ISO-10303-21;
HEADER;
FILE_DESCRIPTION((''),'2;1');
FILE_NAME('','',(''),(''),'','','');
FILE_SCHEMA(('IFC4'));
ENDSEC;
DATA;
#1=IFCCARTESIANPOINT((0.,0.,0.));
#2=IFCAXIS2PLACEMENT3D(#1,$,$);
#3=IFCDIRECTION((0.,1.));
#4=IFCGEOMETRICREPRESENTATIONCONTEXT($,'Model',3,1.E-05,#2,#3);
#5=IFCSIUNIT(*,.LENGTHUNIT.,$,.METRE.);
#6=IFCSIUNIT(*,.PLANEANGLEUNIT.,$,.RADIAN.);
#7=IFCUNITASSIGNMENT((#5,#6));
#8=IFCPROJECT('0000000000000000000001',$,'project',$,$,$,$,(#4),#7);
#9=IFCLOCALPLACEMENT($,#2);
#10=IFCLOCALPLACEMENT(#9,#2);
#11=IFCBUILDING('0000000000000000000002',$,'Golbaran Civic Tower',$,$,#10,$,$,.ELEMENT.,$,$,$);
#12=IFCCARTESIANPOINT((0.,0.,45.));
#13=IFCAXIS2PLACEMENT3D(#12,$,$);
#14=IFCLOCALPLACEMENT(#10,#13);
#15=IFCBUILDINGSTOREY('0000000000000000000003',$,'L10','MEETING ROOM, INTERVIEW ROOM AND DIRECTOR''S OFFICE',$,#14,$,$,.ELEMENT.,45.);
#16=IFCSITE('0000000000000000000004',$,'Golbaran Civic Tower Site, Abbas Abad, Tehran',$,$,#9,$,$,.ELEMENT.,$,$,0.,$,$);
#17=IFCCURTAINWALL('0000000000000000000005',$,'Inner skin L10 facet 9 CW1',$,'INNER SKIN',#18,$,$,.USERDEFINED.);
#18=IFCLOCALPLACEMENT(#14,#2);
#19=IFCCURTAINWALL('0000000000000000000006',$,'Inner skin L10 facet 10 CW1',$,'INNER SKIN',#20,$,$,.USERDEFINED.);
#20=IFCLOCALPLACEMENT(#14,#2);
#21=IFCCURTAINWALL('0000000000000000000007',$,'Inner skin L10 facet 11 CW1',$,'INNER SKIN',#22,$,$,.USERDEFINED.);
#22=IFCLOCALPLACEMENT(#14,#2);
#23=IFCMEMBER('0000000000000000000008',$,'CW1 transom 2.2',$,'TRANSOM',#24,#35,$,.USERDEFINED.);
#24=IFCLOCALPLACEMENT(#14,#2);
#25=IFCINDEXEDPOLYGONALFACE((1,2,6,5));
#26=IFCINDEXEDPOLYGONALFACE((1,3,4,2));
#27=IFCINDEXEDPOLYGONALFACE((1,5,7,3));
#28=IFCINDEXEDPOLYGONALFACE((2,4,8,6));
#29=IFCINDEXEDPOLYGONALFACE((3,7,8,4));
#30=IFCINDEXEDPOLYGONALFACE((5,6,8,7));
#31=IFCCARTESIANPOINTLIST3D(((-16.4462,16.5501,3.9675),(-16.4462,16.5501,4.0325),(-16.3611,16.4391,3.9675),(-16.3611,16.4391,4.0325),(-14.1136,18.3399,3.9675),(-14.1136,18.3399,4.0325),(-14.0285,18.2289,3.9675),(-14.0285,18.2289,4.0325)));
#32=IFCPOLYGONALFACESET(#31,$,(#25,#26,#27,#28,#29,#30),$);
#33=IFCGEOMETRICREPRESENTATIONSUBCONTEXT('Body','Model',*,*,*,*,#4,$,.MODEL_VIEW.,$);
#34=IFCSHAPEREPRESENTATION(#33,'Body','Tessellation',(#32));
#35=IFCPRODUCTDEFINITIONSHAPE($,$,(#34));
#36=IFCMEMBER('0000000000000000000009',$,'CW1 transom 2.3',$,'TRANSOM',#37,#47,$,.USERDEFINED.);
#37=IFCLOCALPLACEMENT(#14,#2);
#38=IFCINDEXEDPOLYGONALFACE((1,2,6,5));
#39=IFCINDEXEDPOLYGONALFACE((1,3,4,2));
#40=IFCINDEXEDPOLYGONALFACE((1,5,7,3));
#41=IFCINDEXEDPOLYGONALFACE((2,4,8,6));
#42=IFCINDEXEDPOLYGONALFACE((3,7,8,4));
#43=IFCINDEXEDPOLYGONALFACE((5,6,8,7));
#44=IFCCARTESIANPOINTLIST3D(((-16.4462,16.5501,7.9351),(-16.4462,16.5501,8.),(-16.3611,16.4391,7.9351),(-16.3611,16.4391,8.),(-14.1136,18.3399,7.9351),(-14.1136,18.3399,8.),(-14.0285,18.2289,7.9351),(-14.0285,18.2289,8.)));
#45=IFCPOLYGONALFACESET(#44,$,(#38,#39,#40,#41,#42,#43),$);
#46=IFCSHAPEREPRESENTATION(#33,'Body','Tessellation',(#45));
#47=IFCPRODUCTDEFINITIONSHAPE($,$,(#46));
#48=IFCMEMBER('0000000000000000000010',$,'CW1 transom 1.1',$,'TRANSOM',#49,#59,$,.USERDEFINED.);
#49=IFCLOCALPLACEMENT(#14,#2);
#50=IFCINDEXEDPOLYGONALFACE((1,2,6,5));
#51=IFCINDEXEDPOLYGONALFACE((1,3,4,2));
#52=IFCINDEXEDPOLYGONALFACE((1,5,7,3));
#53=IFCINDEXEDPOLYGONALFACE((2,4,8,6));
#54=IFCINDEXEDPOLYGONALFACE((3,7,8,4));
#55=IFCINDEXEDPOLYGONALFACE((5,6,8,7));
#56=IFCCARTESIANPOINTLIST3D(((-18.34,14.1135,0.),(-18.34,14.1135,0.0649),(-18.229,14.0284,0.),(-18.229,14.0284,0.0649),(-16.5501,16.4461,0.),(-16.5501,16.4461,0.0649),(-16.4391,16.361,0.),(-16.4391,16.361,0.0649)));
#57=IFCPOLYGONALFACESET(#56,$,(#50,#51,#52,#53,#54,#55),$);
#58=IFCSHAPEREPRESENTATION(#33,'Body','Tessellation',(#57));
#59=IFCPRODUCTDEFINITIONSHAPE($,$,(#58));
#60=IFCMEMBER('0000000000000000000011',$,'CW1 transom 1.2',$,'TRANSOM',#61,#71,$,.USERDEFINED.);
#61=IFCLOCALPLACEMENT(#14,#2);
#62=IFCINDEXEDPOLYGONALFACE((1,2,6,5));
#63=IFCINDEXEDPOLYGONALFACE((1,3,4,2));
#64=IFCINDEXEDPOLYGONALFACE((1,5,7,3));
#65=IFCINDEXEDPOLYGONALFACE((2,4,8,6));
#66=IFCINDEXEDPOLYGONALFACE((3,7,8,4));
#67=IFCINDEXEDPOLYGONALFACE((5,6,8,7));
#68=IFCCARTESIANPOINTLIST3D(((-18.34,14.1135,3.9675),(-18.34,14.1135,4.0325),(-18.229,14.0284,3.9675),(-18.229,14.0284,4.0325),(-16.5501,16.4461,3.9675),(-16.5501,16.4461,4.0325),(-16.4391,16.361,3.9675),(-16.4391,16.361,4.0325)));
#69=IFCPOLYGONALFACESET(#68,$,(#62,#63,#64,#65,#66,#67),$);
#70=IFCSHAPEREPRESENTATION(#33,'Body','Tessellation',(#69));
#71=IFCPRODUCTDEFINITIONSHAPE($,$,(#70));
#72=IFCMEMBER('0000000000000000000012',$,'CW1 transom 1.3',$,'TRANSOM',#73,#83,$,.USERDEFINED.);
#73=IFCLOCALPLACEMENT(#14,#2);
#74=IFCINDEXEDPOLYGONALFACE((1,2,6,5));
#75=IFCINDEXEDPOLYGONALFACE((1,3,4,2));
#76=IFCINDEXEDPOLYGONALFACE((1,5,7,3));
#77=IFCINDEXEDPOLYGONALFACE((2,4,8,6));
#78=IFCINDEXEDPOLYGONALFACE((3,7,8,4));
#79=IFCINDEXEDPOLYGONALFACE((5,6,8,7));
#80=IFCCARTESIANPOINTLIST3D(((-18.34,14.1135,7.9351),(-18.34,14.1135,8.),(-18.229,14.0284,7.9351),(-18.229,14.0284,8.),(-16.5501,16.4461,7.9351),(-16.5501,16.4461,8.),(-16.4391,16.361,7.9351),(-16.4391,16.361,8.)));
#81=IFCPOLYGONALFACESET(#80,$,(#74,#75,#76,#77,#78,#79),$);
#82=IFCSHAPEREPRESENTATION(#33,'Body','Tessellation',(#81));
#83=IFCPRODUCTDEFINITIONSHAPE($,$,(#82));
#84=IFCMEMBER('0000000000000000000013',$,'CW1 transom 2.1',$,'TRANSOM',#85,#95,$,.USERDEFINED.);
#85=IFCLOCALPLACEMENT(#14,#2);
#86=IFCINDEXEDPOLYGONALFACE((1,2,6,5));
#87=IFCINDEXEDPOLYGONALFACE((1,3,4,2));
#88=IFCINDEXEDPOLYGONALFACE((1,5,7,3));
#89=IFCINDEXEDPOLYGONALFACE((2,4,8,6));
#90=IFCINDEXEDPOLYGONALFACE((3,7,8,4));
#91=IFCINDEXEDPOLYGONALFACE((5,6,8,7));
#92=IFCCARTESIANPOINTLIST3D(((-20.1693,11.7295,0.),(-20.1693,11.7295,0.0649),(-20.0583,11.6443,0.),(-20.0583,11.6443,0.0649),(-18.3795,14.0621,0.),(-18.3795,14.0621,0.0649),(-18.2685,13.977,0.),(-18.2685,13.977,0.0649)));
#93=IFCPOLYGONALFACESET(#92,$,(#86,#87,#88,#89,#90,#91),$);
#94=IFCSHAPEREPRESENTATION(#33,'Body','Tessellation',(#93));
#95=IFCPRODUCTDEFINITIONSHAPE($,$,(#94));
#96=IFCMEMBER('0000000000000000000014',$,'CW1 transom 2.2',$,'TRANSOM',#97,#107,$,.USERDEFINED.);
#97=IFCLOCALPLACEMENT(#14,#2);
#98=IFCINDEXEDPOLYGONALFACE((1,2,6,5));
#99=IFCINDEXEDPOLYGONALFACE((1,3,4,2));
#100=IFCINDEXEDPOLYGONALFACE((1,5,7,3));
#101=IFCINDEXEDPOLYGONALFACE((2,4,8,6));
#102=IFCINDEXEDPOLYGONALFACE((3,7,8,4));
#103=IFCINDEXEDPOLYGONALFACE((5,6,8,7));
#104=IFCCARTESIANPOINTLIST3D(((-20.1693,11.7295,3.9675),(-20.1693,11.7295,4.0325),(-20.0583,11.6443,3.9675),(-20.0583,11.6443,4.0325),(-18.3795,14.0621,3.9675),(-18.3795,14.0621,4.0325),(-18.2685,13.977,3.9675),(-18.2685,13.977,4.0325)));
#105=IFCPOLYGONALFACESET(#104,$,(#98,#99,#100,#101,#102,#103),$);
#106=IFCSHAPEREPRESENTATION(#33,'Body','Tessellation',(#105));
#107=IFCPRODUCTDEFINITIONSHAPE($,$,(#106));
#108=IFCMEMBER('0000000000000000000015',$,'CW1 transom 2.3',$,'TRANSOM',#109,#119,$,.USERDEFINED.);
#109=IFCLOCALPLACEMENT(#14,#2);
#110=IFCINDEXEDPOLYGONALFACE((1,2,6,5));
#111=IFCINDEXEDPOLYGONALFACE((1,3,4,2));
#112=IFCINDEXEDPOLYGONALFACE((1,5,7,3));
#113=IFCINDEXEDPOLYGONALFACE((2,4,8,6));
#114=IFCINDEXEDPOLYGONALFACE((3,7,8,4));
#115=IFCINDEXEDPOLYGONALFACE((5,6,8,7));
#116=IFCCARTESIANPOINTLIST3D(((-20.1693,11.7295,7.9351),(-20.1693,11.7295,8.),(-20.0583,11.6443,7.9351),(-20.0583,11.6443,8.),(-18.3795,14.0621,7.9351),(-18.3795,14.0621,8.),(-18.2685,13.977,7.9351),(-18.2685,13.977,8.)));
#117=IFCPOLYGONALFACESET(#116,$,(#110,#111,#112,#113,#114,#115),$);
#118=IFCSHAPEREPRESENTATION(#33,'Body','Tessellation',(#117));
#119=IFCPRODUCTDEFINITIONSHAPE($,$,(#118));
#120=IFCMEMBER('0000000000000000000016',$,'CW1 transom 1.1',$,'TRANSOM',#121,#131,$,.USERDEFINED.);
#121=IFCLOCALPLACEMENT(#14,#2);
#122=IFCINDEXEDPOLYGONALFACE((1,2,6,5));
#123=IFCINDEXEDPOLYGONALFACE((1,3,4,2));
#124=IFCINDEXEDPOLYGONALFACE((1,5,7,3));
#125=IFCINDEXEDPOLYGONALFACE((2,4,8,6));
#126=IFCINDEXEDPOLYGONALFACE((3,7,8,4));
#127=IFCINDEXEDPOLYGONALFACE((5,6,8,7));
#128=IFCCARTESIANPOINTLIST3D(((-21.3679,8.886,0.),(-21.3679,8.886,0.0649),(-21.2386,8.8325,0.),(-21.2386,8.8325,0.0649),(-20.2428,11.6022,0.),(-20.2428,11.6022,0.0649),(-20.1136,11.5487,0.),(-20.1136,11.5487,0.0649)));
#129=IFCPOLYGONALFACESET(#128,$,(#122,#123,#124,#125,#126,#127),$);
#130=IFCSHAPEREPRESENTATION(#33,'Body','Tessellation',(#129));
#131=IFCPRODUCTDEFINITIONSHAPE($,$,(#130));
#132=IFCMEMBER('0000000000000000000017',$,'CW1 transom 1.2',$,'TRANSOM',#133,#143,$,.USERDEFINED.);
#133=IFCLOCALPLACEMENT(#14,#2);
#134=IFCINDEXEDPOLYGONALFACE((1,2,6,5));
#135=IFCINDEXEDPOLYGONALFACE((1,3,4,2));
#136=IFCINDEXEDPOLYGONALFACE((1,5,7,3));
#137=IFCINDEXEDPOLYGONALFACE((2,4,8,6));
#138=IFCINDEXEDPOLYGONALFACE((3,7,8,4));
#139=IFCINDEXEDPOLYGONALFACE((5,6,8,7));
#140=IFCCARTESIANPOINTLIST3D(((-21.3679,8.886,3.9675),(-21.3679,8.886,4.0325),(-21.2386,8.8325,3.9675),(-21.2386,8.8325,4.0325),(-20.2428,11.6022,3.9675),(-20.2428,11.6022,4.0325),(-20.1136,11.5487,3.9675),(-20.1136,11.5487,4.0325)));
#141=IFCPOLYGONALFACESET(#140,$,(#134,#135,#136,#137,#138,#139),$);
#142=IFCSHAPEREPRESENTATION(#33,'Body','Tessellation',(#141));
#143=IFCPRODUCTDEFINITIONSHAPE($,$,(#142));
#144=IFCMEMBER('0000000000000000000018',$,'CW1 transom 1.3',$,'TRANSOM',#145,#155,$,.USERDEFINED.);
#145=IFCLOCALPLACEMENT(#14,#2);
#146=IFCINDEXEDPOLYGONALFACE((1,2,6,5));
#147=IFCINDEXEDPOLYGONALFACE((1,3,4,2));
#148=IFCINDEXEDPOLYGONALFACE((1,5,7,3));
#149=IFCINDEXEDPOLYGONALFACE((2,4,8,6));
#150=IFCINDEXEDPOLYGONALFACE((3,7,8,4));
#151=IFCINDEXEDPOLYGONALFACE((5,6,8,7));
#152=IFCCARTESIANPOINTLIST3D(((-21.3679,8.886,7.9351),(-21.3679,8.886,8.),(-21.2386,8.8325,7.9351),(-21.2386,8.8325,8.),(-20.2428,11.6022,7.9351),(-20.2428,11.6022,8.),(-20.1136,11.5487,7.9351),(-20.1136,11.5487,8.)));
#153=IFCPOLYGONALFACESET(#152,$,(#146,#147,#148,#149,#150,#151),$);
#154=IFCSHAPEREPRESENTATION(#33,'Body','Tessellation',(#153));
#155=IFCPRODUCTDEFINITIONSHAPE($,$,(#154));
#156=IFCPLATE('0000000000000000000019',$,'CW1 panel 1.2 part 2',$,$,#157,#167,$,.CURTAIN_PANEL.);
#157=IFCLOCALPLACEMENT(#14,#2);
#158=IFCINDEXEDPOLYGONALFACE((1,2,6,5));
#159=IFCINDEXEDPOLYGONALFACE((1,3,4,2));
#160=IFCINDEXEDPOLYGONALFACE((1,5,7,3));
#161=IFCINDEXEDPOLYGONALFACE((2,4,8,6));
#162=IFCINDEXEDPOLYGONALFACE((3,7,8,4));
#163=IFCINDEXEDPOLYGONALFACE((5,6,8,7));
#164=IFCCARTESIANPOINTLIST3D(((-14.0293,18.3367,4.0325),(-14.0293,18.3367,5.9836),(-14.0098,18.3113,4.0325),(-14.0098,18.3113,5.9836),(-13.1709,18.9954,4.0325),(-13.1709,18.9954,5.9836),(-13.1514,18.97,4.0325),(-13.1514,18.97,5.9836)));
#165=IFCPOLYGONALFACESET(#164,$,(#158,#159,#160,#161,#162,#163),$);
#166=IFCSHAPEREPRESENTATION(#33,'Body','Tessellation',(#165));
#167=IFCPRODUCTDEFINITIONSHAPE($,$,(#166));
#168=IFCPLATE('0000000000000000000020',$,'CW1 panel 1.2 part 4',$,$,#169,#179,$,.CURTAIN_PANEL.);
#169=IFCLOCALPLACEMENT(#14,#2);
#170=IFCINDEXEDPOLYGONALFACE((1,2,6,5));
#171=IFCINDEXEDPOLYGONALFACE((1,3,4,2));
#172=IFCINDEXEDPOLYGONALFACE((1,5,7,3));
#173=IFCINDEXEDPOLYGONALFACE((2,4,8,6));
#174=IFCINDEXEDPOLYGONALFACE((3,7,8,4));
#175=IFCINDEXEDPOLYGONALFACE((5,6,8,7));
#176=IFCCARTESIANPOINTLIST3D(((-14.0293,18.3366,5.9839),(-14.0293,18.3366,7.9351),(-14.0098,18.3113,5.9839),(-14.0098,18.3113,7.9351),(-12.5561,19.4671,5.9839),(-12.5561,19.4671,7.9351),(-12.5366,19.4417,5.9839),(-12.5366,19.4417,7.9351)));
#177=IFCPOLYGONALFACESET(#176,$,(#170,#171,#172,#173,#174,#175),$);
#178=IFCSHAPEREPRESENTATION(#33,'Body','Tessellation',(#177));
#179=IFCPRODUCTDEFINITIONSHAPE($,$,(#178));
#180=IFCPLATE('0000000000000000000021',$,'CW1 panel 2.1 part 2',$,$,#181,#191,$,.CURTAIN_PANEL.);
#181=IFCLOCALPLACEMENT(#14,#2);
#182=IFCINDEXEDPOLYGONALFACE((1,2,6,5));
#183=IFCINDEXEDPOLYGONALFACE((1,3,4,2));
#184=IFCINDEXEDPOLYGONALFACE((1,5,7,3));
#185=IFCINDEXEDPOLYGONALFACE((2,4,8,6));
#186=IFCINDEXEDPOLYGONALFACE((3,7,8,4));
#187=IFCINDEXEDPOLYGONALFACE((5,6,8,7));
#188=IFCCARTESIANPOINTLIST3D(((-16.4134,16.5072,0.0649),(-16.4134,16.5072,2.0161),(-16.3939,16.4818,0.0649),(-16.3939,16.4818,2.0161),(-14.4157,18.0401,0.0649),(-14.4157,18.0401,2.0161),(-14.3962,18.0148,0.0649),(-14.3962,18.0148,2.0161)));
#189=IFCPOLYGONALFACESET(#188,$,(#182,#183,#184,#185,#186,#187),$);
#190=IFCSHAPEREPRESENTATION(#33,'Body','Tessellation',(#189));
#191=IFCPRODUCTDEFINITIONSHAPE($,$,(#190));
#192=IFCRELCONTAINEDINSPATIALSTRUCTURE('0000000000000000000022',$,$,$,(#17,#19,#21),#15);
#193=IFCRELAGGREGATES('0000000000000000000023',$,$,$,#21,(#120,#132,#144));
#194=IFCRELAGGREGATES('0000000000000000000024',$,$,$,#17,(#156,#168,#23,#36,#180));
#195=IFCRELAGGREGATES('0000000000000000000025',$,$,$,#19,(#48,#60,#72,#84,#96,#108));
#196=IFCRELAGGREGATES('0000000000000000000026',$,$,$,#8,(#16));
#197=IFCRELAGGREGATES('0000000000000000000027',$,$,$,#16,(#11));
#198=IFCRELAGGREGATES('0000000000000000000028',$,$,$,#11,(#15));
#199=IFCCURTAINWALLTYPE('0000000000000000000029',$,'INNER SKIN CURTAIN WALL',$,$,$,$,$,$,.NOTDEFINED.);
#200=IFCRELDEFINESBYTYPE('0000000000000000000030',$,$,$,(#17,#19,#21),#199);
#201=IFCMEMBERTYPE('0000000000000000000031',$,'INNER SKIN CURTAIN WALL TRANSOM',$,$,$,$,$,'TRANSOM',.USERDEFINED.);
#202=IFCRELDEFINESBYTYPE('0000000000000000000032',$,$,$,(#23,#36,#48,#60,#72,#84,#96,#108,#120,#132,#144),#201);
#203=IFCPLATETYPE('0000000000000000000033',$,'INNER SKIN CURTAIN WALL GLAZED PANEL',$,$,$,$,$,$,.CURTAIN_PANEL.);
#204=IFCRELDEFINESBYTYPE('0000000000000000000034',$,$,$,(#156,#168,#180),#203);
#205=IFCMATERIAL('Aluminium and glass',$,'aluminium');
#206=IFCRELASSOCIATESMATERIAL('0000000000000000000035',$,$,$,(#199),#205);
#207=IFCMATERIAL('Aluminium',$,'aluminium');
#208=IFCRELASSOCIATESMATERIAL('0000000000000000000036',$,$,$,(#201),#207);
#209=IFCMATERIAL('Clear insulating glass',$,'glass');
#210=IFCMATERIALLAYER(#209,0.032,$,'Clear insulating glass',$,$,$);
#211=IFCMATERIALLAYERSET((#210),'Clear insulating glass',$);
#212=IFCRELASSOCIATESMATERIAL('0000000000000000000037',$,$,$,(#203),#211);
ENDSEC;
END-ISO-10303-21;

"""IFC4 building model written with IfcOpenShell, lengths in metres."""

from ifc_helpers import new_model, si_unit, direction, frame, origin, origin_2d, place, context, subcontext, project, spatial, rectangle, extrude, material, layer, layer_set, material_profile, profile_set, type_object, element, aggregate, save


model = new_model("IFC4")

# Units and contexts
model_context = context("Model", 3, precision=1e-05, world=origin(), true_north=direction((0.0, 1.0)))
body_context = subcontext(model_context, "Body", "Model", "MODEL_VIEW")
ifc_project = project(units=[si_unit("LENGTHUNIT", "METRE"), si_unit("PLANEANGLEUNIT", "RADIAN")], contexts=[model_context])

# Site, building, storey
site_placement = place(None, origin())
site = spatial("IfcSite", under=ifc_project, at=site_placement, Name="Golbaran Civic Tower Site, Abbas Abad, Tehran", CompositionType="ELEMENT", RefElevation=0.0)
building_placement = place(site_placement, origin())
building = spatial("IfcBuilding", under=site, at=building_placement, Name="Golbaran Civic Tower", CompositionType="ELEMENT")
storey_placement = place(building_placement, frame((0.0, 0.0, 45.0)))
storey = spatial("IfcBuildingStorey", under=building, at=storey_placement, Name="L10", Description="MEETING ROOM, INTERVIEW ROOM AND DIRECTOR'S OFFICE", CompositionType="ELEMENT", Elevation=45.0)

# Curtain walls
ifc_material_1 = material(Name="Aluminium and glass", Category="aluminium")
curtain_wall_type = type_object("IfcCurtainWallType", Name="INNER SKIN CURTAIN WALL", PredefinedType="NOTDEFINED", material=ifc_material_1)
curtain_wall_1_placement = place(storey_placement, origin())
curtain_wall_1 = element("IfcCurtainWall", 1, at=curtain_wall_1_placement, inside=storey, type_object=curtain_wall_type, Name="Inner skin L10 facet 9 CW1", ObjectType="INNER SKIN", PredefinedType="USERDEFINED")
ifc_material_2 = material(Name="Aluminium", Category="aluminium")
curtain_wall_2_placement = place(storey_placement, origin())
curtain_wall_2 = element("IfcCurtainWall", 2, at=curtain_wall_2_placement, inside=storey, type_object=curtain_wall_type, Name="Inner skin L10 facet 10 CW1", ObjectType="INNER SKIN", PredefinedType="USERDEFINED")

# Curtain wall
curtain_wall_3_placement = place(storey_placement, origin())
curtain_wall_3 = element("IfcCurtainWall", 3, at=curtain_wall_3_placement, inside=storey, type_object=curtain_wall_type, Name="Inner skin L10 facet 11 CW1", ObjectType="INNER SKIN", PredefinedType="USERDEFINED")

# Members
ifc_material_profile_1 = material_profile(ifc_material_2, rectangle(XDim=0.1399, YDim=0.0649, at=origin_2d()), Name="INNER SKIN CURTAIN WALL TRANSOM")
ifc_profile_set_1 = profile_set([ifc_material_profile_1], Name="Aluminium")
member_type_1 = type_object("IfcMemberType", Name="INNER SKIN CURTAIN WALL TRANSOM", ElementType="TRANSOM", PredefinedType="USERDEFINED", material=ifc_profile_set_1)
member_1_placement = place(storey_placement, frame((-14.071, 18.2844, 4.0), z_axis=(-0.793355, -0.608759, 0.0), x_axis=(0.608759, -0.793355, 0.0)))
member_1 = element("IfcMember", 4, at=member_1_placement, type_object=member_type_1, Name="CW1 transom 2.2", ObjectType="TRANSOM", PredefinedType="USERDEFINED", context=body_context, shape_type="SweptSolid", body=[
    extrude(rectangle(XDim=0.1399, YDim=0.0649, at=origin_2d()), origin(), (0.0, 0.0, 1.0), 2.9402),
])
member_2_placement = place(storey_placement, frame((-14.071, 18.2844, 7.9675), z_axis=(-0.793355, -0.608759, 0.0), x_axis=(0.608759, -0.793355, 0.0)))
member_2 = element("IfcMember", 5, at=member_2_placement, type_object=member_type_1, Name="CW1 transom 2.3", ObjectType="TRANSOM", PredefinedType="USERDEFINED", context=body_context, shape_type="SweptSolid", body=[
    extrude(rectangle(XDim=0.1399, YDim=0.0649, at=origin_2d()), origin(), (0.0, 0.0, 1.0), 2.9402),
])
member_3_placement = place(storey_placement, frame((-16.4946, 16.4036, 0.0325), z_axis=(-0.608759, -0.793355, 0.0), x_axis=(0.793355, -0.608759, 0.0)))
member_3 = element("IfcMember", 6, at=member_3_placement, type_object=member_type_1, Name="CW1 transom 1.1", ObjectType="TRANSOM", PredefinedType="USERDEFINED", context=body_context, shape_type="SweptSolid", body=[
    extrude(rectangle(XDim=0.1399, YDim=0.0649, at=origin_2d()), origin(), (0.0, 0.0, 1.0), 2.9402),
])
member_4_placement = place(storey_placement, frame((-16.4946, 16.4036, 4.0), z_axis=(-0.608759, -0.793355, 0.0), x_axis=(0.793355, -0.608759, 0.0)))
member_4 = element("IfcMember", 7, at=member_4_placement, type_object=member_type_1, Name="CW1 transom 1.2", ObjectType="TRANSOM", PredefinedType="USERDEFINED", context=body_context, shape_type="SweptSolid", body=[
    extrude(rectangle(XDim=0.1399, YDim=0.0649, at=origin_2d()), origin(), (0.0, 0.0, 1.0), 2.9402),
])
member_5_placement = place(storey_placement, frame((-16.4946, 16.4036, 7.9675), z_axis=(-0.608759, -0.793355, 0.0), x_axis=(0.793355, -0.608759, 0.0)))
member_5 = element("IfcMember", 8, at=member_5_placement, type_object=member_type_1, Name="CW1 transom 1.3", ObjectType="TRANSOM", PredefinedType="USERDEFINED", context=body_context, shape_type="SweptSolid", body=[
    extrude(rectangle(XDim=0.1399, YDim=0.0649, at=origin_2d()), origin(), (0.0, 0.0, 1.0), 2.9402),
])
member_6_placement = place(storey_placement, frame((-18.324, 14.0195, 0.0325), z_axis=(-0.608759, -0.793355, 0.0), x_axis=(0.793355, -0.608759, 0.0)))
member_6 = element("IfcMember", 9, at=member_6_placement, type_object=member_type_1, Name="CW1 transom 2.1", ObjectType="TRANSOM", PredefinedType="USERDEFINED", context=body_context, shape_type="SweptSolid", body=[
    extrude(rectangle(XDim=0.1399, YDim=0.0649, at=origin_2d()), origin(), (0.0, 0.0, 1.0), 2.9402),
])
member_7_placement = place(storey_placement, frame((-18.324, 14.0195, 4.0), z_axis=(-0.608759, -0.793355, 0.0), x_axis=(0.793355, -0.608759, 0.0)))
member_7 = element("IfcMember", 10, at=member_7_placement, type_object=member_type_1, Name="CW1 transom 2.2", ObjectType="TRANSOM", PredefinedType="USERDEFINED", context=body_context, shape_type="SweptSolid", body=[
    extrude(rectangle(XDim=0.1399, YDim=0.0649, at=origin_2d()), origin(), (0.0, 0.0, 1.0), 2.9402),
])
member_8_placement = place(storey_placement, frame((-18.324, 14.0195, 7.9675), z_axis=(-0.608759, -0.793355, 0.0), x_axis=(0.793355, -0.608759, 0.0)))
member_8 = element("IfcMember", 11, at=member_8_placement, type_object=member_type_1, Name="CW1 transom 2.3", ObjectType="TRANSOM", PredefinedType="USERDEFINED", context=body_context, shape_type="SweptSolid", body=[
    extrude(rectangle(XDim=0.1399, YDim=0.0649, at=origin_2d()), origin(), (0.0, 0.0, 1.0), 2.9402),
])
member_9_placement = place(storey_placement, frame((-20.1782, 11.5754, 0.0325), z_axis=(-0.382675, -0.923883, 0.0), x_axis=(0.923883, -0.382675, 0.0)))
member_9 = element("IfcMember", 12, at=member_9_placement, type_object=member_type_1, Name="CW1 transom 1.1", ObjectType="TRANSOM", PredefinedType="USERDEFINED", context=body_context, shape_type="SweptSolid", body=[
    extrude(rectangle(XDim=0.1399, YDim=0.0649, at=origin_2d()), origin(), (0.0, 0.0, 1.0), 2.9399),
])
member_10_placement = place(storey_placement, frame((-20.1782, 11.5754, 4.0), z_axis=(-0.382675, -0.923883, 0.0), x_axis=(0.923883, -0.382675, 0.0)))
member_10 = element("IfcMember", 13, at=member_10_placement, type_object=member_type_1, Name="CW1 transom 1.2", ObjectType="TRANSOM", PredefinedType="USERDEFINED", context=body_context, shape_type="SweptSolid", body=[
    extrude(rectangle(XDim=0.1399, YDim=0.0649, at=origin_2d()), origin(), (0.0, 0.0, 1.0), 2.9399),
])
member_11_placement = place(storey_placement, frame((-20.1782, 11.5754, 7.9675), z_axis=(-0.382675, -0.923883, 0.0), x_axis=(0.923883, -0.382675, 0.0)))
member_11 = element("IfcMember", 14, at=member_11_placement, type_object=member_type_1, Name="CW1 transom 1.3", ObjectType="TRANSOM", PredefinedType="USERDEFINED", context=body_context, shape_type="SweptSolid", body=[
    extrude(rectangle(XDim=0.1399, YDim=0.0649, at=origin_2d()), origin(), (0.0, 0.0, 1.0), 2.9399),
])

# Plates
ifc_material_3 = material(Name="Clear insulating glass", Category="glass")
ifc_layer_1 = layer(ifc_material_3, 0.032, Name="Clear insulating glass")
ifc_layer_set_1 = layer_set([ifc_layer_1], Name="Clear insulating glass")
plate_type_1 = type_object("IfcPlateType", Name="INNER SKIN CURTAIN WALL GLAZED PANEL", PredefinedType="CURTAIN_PANEL", material=ifc_layer_set_1)
plate_1_placement = place(storey_placement, frame((-13.5903, 18.6533, 4.0325), z_axis=(0.0, 0.0, 1.0), x_axis=(-0.793353, -0.608761, 0.0)))
plate_1 = element("IfcPlate", 15, at=plate_1_placement, type_object=plate_type_1, Name="CW1 panel 1.2 part 2", PredefinedType="CURTAIN_PANEL", context=body_context, shape_type="SweptSolid", body=[
    extrude(rectangle(XDim=1.082, YDim=0.032, at=origin_2d()), origin(), (0.0, 0.0, 1.0), 1.9512),
])
plate_2_placement = place(storey_placement, frame((-13.283, 18.8892, 5.9839), z_axis=(0.0, 0.0, 1.0), x_axis=(-0.793353, -0.608761, 0.0)))
plate_2 = element("IfcPlate", 16, at=plate_2_placement, type_object=plate_type_1, Name="CW1 panel 1.2 part 4", PredefinedType="CURTAIN_PANEL", context=body_context, shape_type="SweptSolid", body=[
    extrude(rectangle(XDim=1.8569, YDim=0.032, at=origin_2d()), origin(), (0.0, 0.0, 1.0), 1.9512),
])
plate_3_placement = place(storey_placement, frame((-15.4048, 17.261, 0.0649), z_axis=(0.0, 0.0, 1.0), x_axis=(-0.793353, -0.608761, 0.0)))
plate_3 = element("IfcPlate", 17, at=plate_3_placement, type_object=plate_type_1, Name="CW1 panel 2.1 part 2", PredefinedType="CURTAIN_PANEL", context=body_context, shape_type="SweptSolid", body=[
    extrude(rectangle(XDim=2.5181, YDim=0.032, at=origin_2d()), origin(), (0.0, 0.0, 1.0), 1.9512),
])
aggregate(curtain_wall_3, [member_9, member_10, member_11])
aggregate(curtain_wall_1, [plate_1, plate_2, member_1, member_2, plate_3])
aggregate(curtain_wall_2, [member_3, member_4, member_5, member_6, member_7, member_8])

save(model, "model.ifc")
